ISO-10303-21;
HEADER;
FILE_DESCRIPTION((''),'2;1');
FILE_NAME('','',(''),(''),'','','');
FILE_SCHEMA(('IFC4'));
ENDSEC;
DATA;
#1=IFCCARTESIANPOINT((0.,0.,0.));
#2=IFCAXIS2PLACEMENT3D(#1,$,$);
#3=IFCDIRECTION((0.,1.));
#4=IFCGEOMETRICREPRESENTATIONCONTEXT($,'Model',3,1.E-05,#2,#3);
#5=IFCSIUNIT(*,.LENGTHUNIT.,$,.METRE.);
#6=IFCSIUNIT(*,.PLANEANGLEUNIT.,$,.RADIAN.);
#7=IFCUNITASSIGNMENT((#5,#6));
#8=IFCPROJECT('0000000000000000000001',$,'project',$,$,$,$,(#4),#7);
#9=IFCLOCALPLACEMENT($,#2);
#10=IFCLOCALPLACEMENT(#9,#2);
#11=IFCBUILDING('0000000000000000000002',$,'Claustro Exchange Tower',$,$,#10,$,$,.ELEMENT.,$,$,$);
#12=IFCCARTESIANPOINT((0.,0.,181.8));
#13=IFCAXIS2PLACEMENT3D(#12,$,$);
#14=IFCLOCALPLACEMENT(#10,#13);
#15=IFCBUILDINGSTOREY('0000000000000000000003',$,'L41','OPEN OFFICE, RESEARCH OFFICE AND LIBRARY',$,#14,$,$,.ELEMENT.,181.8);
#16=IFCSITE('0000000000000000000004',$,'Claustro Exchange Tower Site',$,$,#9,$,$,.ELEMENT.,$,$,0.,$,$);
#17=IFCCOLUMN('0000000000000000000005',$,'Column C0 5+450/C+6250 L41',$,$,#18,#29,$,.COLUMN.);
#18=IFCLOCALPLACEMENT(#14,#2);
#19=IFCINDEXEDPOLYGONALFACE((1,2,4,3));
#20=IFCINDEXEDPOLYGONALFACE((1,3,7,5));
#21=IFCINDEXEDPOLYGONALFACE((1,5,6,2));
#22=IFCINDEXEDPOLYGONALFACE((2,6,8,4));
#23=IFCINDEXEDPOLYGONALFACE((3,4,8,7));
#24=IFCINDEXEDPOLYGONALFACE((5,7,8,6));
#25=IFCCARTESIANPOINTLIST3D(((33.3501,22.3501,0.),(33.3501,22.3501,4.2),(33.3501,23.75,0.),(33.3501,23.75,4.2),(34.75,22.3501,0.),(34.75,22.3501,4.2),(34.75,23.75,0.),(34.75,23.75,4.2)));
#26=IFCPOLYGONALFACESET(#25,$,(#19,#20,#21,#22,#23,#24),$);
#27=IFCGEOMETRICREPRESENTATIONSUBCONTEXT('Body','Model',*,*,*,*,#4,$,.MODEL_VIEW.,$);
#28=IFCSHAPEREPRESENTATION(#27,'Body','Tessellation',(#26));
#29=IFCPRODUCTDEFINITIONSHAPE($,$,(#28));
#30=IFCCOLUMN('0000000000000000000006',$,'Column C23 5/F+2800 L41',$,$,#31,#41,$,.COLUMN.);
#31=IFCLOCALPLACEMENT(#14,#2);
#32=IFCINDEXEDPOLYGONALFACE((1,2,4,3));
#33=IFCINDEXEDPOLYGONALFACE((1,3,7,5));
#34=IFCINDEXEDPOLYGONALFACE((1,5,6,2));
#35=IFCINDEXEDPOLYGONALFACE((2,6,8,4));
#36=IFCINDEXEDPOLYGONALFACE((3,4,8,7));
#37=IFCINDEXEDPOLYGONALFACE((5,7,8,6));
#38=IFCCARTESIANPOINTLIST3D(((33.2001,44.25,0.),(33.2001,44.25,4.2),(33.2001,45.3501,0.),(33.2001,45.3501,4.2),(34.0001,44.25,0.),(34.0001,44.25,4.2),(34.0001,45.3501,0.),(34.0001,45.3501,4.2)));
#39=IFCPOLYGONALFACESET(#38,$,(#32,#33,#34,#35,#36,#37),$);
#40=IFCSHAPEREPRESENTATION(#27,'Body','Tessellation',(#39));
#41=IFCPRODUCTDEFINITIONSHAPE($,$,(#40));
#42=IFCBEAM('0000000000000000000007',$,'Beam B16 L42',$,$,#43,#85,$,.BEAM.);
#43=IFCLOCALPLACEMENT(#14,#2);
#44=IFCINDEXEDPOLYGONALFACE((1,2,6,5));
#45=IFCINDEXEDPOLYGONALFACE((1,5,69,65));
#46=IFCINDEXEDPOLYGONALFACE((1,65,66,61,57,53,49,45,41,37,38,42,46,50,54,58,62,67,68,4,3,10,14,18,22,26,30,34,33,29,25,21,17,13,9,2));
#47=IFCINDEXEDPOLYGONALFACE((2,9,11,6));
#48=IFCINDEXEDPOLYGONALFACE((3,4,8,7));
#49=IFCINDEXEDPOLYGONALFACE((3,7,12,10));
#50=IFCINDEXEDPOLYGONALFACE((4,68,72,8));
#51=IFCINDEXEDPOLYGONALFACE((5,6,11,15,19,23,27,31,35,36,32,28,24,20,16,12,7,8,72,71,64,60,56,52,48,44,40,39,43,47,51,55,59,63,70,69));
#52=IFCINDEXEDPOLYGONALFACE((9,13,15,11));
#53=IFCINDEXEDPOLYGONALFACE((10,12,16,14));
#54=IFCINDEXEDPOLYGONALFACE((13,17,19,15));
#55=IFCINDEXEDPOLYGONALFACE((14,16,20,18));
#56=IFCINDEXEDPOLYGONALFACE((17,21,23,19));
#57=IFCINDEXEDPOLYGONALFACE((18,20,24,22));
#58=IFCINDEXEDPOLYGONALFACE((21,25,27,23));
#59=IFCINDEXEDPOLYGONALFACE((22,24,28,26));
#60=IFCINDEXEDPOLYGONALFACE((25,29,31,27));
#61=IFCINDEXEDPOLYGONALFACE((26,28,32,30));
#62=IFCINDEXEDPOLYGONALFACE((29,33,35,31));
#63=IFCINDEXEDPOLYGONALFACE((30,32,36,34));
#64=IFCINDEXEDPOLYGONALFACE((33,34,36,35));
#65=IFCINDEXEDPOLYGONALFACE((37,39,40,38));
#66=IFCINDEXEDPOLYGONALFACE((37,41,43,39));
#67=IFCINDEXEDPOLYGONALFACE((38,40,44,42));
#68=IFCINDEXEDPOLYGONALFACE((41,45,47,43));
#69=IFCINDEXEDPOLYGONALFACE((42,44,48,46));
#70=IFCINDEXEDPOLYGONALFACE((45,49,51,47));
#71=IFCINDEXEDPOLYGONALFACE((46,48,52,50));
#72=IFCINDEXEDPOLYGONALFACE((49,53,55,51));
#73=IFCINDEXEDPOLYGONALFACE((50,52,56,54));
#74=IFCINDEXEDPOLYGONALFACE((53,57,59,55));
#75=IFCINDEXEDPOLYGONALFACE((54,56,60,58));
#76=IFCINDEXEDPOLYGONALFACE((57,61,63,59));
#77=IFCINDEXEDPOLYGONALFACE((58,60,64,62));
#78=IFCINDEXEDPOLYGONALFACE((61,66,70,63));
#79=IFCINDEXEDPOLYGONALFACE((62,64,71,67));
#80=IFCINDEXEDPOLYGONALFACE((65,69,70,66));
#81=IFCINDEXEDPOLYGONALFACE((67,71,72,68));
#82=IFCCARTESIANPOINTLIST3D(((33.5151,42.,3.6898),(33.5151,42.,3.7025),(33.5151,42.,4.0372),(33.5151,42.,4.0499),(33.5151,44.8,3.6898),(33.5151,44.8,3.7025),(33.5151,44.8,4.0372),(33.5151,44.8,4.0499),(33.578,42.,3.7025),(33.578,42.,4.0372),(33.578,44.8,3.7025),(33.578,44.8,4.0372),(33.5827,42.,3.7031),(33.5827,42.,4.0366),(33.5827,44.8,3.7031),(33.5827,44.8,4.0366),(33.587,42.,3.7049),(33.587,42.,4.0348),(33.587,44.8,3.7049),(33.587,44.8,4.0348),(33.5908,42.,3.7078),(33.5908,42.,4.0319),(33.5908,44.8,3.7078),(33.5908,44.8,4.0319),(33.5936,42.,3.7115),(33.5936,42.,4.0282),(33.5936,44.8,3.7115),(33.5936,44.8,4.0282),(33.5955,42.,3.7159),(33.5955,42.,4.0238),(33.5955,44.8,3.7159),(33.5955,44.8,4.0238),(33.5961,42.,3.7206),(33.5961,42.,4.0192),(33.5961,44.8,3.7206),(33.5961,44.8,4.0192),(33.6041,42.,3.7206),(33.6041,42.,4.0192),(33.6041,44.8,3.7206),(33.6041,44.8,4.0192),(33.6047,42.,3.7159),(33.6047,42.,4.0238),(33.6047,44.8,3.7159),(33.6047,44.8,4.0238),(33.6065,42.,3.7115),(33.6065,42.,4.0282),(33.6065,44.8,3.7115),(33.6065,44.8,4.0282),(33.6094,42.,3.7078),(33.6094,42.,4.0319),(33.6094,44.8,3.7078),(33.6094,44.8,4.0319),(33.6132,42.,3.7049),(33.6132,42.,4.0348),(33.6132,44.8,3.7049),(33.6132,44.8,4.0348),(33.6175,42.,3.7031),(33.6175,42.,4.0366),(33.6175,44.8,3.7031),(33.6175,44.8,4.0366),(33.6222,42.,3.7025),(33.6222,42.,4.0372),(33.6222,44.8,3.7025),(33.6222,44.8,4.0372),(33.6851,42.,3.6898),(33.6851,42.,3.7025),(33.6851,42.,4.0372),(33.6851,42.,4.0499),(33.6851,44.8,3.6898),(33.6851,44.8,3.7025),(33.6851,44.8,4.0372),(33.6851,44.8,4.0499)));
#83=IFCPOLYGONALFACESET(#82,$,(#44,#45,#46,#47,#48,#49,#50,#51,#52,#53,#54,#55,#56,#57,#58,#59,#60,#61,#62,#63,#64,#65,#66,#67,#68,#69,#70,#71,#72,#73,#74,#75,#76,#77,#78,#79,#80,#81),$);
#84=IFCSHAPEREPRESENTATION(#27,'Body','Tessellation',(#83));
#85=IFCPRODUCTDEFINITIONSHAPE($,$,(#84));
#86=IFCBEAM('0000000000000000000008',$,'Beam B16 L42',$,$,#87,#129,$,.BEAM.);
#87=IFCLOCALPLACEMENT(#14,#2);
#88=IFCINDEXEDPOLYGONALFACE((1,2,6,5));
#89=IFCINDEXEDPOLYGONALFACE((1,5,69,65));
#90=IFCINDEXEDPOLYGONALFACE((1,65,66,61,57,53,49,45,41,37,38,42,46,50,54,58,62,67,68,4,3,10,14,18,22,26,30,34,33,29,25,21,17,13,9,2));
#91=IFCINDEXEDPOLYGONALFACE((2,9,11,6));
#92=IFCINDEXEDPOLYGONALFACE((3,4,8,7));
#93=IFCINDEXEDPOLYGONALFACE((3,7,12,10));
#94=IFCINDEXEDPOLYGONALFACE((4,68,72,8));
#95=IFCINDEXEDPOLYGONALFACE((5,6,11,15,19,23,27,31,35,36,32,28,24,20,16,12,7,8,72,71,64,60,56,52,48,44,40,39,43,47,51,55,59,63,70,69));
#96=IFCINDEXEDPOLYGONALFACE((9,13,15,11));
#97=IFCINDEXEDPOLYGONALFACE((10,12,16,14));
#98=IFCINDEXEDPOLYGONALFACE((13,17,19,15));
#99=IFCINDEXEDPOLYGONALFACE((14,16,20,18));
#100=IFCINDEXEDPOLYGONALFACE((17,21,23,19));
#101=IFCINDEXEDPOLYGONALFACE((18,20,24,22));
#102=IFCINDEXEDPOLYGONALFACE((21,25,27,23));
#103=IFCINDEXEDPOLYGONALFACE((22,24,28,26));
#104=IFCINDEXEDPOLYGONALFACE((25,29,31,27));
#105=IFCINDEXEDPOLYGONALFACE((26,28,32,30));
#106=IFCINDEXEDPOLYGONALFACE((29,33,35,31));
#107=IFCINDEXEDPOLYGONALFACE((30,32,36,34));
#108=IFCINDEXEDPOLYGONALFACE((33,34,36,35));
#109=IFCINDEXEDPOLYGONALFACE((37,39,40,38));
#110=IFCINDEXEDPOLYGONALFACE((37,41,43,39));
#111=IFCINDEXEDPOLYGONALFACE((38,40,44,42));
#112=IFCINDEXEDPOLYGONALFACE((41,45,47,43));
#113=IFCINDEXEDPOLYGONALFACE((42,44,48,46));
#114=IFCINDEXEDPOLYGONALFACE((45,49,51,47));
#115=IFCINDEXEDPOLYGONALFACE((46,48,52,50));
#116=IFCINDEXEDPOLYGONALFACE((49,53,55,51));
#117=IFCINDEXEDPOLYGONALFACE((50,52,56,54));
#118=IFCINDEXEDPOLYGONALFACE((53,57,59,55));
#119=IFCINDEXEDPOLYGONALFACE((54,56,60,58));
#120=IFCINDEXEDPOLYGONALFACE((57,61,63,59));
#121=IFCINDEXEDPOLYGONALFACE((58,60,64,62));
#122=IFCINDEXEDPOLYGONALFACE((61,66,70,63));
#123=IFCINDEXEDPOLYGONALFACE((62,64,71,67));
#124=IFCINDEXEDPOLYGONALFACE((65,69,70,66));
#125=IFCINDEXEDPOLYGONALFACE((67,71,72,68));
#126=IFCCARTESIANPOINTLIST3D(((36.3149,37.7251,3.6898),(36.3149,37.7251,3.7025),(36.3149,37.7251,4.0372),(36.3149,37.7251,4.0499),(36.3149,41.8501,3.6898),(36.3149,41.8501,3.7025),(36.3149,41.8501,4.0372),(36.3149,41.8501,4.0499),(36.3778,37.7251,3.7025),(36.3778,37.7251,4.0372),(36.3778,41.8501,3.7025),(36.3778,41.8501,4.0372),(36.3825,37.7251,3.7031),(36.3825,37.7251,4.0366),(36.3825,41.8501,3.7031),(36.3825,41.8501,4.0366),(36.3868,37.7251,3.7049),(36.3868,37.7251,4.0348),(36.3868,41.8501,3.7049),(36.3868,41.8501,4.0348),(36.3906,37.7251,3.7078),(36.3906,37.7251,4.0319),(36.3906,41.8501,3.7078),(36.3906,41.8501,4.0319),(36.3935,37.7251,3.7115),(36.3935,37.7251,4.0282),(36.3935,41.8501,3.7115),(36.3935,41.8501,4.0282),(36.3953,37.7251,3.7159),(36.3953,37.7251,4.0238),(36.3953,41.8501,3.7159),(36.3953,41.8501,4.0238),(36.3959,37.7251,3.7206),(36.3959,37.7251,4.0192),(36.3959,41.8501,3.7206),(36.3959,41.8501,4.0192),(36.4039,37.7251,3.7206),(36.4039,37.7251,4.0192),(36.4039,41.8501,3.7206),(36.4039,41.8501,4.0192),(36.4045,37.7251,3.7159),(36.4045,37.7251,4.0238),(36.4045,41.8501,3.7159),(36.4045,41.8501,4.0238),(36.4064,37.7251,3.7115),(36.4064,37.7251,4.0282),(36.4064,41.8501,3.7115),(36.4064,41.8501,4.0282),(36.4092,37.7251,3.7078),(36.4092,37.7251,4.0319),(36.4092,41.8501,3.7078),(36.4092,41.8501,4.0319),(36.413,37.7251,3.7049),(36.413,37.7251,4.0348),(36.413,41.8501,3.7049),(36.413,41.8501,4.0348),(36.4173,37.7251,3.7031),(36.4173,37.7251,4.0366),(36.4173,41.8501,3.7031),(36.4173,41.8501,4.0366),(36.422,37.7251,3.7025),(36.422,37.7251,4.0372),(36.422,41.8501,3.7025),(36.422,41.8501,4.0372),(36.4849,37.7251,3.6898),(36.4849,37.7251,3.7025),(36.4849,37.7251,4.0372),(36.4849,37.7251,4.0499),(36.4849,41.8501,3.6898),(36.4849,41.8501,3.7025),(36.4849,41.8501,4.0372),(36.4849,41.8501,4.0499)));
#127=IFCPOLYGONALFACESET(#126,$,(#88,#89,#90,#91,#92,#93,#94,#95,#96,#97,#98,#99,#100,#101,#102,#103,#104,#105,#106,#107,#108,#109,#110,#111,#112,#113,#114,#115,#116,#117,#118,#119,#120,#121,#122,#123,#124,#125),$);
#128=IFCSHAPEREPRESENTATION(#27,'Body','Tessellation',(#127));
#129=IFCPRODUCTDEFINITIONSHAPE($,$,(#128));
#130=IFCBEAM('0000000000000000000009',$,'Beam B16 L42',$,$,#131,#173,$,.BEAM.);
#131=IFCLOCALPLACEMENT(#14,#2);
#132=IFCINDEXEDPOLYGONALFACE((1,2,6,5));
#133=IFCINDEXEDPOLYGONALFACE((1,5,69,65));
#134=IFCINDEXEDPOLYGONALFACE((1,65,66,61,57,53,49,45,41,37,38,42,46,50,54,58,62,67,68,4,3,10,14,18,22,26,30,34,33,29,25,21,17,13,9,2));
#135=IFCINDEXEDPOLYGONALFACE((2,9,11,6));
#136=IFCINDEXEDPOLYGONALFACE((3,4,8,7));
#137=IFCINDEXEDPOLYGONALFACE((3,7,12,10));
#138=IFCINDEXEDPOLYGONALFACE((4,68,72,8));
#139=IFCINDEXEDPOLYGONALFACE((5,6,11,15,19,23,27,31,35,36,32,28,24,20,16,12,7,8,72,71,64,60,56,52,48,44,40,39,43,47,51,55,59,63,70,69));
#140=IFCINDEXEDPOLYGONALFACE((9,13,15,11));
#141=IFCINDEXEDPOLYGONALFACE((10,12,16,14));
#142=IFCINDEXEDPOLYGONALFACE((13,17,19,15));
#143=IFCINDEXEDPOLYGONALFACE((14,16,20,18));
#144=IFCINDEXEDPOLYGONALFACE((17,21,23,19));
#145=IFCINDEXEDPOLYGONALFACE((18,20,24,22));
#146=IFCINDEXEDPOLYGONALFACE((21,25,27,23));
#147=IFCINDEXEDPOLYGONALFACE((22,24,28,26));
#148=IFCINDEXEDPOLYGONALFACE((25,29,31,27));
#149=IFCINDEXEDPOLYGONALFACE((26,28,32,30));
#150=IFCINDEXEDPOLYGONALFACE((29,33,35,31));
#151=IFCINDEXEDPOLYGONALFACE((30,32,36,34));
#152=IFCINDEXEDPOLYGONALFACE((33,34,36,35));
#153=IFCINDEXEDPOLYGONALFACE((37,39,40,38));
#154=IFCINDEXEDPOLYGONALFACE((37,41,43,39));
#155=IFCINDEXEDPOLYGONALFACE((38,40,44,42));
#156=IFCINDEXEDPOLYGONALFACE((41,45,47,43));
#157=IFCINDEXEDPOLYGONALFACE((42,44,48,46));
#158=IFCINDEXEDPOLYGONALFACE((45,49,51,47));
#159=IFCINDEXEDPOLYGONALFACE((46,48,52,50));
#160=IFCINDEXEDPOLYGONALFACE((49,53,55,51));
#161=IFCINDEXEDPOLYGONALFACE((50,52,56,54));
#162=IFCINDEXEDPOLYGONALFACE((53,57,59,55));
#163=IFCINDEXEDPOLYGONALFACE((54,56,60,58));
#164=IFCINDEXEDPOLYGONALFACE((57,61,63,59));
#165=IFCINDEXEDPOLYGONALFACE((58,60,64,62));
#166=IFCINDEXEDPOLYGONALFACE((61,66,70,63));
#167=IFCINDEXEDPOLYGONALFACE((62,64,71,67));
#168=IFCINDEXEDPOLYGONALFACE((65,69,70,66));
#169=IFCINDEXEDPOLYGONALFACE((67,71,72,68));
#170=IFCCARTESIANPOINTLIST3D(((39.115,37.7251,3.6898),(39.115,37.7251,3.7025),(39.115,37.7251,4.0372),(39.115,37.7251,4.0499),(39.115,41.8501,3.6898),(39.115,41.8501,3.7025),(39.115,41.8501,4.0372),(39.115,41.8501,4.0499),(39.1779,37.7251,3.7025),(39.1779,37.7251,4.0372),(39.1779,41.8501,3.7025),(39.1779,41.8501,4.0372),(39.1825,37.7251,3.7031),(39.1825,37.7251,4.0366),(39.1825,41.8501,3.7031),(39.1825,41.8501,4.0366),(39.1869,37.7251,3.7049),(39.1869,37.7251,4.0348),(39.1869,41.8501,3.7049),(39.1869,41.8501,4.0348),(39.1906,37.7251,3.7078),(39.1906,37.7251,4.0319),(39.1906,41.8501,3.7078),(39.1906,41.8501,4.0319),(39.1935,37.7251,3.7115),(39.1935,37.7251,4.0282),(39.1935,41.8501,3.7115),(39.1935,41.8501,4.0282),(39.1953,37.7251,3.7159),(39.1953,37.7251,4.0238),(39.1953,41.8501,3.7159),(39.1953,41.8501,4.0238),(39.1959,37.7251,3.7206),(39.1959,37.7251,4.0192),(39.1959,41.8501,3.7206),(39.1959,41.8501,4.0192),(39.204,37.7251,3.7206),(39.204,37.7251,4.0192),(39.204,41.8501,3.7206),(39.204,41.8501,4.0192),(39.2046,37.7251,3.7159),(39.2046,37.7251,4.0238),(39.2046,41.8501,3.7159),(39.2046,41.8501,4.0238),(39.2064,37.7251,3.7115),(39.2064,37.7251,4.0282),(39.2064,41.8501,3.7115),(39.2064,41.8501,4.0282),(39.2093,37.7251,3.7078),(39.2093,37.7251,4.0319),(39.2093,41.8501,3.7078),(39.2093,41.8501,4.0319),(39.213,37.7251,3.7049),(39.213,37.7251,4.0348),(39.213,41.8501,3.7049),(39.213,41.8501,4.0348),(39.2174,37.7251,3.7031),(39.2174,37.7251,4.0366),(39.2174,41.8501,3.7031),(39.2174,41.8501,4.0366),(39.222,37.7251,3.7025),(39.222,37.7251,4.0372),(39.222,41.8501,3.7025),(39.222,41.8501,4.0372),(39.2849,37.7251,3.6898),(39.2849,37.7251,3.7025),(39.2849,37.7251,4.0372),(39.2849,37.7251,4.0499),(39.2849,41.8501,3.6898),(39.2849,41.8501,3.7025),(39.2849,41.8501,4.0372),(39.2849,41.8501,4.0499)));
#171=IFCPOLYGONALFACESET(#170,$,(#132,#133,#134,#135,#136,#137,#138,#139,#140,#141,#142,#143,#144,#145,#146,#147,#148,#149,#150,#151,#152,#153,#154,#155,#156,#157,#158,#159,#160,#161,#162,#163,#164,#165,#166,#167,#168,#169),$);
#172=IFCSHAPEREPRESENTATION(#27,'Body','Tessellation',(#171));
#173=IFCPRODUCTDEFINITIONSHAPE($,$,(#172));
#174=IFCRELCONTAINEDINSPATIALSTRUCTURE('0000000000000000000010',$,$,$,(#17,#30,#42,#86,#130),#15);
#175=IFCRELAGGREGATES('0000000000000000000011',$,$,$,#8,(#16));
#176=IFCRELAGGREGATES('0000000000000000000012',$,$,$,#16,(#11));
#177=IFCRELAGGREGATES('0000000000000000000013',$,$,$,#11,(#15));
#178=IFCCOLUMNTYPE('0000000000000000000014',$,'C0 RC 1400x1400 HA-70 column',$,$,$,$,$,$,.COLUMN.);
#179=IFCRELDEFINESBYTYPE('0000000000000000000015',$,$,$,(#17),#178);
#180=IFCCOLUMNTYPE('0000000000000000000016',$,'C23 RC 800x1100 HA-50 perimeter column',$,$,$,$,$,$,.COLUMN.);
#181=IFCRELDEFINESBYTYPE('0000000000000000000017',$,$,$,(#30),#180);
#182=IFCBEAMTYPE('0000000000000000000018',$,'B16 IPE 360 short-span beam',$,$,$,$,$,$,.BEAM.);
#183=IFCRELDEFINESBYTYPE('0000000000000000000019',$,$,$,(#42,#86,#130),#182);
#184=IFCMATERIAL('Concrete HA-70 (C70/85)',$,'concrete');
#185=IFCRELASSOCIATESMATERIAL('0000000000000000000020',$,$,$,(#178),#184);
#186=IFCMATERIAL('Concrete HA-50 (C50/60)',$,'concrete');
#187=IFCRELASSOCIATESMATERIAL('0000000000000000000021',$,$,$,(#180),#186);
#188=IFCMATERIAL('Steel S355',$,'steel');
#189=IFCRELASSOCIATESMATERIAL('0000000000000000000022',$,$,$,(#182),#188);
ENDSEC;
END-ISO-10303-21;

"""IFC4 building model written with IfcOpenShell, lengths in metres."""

from ifc_helpers import new_model, si_unit, direction, frame, origin, origin_2d, place, context, subcontext, project, spatial, rectangle, i_section, extrude, material, material_profile, profile_set, type_object, element, save


model = new_model("IFC4")

# Units and contexts
model_context = context("Model", 3, precision=1e-05, world=origin(), true_north=direction((0.0, 1.0)))
body_context = subcontext(model_context, "Body", "Model", "MODEL_VIEW")
ifc_project = project(units=[si_unit("LENGTHUNIT", "METRE"), si_unit("PLANEANGLEUNIT", "RADIAN")], contexts=[model_context])

# Site, building, storey
site_placement = place(None, origin())
site = spatial("IfcSite", under=ifc_project, at=site_placement, Name="Claustro Exchange Tower Site", CompositionType="ELEMENT", RefElevation=0.0)
building_placement = place(site_placement, origin())
building = spatial("IfcBuilding", under=site, at=building_placement, Name="Claustro Exchange Tower", CompositionType="ELEMENT")
storey_placement = place(building_placement, frame((0.0, 0.0, 181.8)))
storey = spatial("IfcBuildingStorey", under=building, at=storey_placement, Name="L41", Description="OPEN OFFICE, RESEARCH OFFICE AND LIBRARY", CompositionType="ELEMENT", Elevation=181.8)

# Columns
ifc_material_1 = material(Name="Concrete HA-70 (C70/85)", Category="concrete")
ifc_material_profile_1 = material_profile(ifc_material_1, rectangle(XDim=1.3999, YDim=1.3999, at=origin_2d()), Name="RC 1400x1400")
ifc_profile_set_1 = profile_set([ifc_material_profile_1], Name="Concrete HA-70 (C70/85)")
column_type_1 = type_object("IfcColumnType", Name="C0 RC 1400x1400 HA-70 column", PredefinedType="COLUMN", material=ifc_profile_set_1)
column_1_placement = place(storey_placement, frame((34.05, 23.05, 0.0), z_axis=(0.0, 0.0, 1.0), x_axis=(1.0, 0.0, 0.0)))
element("IfcColumn", 1, at=column_1_placement, inside=storey, type_object=column_type_1, Name="Column C0 5+450/C+6250 L41", PredefinedType="COLUMN", context=body_context, shape_type="SweptSolid", body=[
    extrude(rectangle(XDim=1.3999, YDim=1.3999, at=origin_2d()), origin(), (0.0, 0.0, 1.0), 4.2),
])
ifc_material_2 = material(Name="Concrete HA-50 (C50/60)", Category="concrete")
ifc_material_profile_2 = material_profile(ifc_material_2, rectangle(XDim=0.8, YDim=1.1001, at=origin_2d()), Name="RC 800x1100")
ifc_profile_set_2 = profile_set([ifc_material_profile_2], Name="Concrete HA-50 (C50/60)")
column_type_2 = type_object("IfcColumnType", Name="C23 RC 800x1100 HA-50 perimeter column", PredefinedType="COLUMN", material=ifc_profile_set_2)
column_2_placement = place(storey_placement, frame((33.6001, 44.8, 0.0), z_axis=(0.0, 0.0, 1.0), x_axis=(1.0, 0.0, 0.0)))
element("IfcColumn", 2, at=column_2_placement, inside=storey, type_object=column_type_2, Name="Column C23 5/F+2800 L41", PredefinedType="COLUMN", context=body_context, shape_type="SweptSolid", body=[
    extrude(rectangle(XDim=0.8, YDim=1.1001, at=origin_2d()), origin(), (0.0, 0.0, 1.0), 4.2),
])

# Beams
ifc_material_3 = material(Name="Steel S355", Category="steel")
ifc_material_profile_3 = material_profile(ifc_material_3, i_section(OverallWidth=0.1699, OverallDepth=0.3601, WebThickness=0.0081, FlangeThickness=0.0127, FilletRadius=0.0181, at=origin_2d()), Name="IPE 360")
ifc_profile_set_3 = profile_set([ifc_material_profile_3], Name="Steel S355")
beam_type_1 = type_object("IfcBeamType", Name="B16 IPE 360 short-span beam", PredefinedType="BEAM", material=ifc_profile_set_3)
beam_1_placement = place(storey_placement, frame((33.6001, 42.0, 3.8699), z_axis=(0.0, 1.0, 0.0), x_axis=(-1.0, 0.0, 0.0)))
element("IfcBeam", 3, at=beam_1_placement, inside=storey, type_object=beam_type_1, Name="Beam B16 L42", PredefinedType="BEAM", context=body_context, shape_type="SweptSolid", body=[
    extrude(i_section(OverallWidth=0.1699, OverallDepth=0.3601, WebThickness=0.0081, FlangeThickness=0.0127, FilletRadius=0.0181, at=origin_2d()), origin(), (0.0, 0.0, 1.0), 2.8),
])
for number, where, z_axis, x_axis, name in (
    (4, (36.3999, 37.7251, 3.8699), (0.0, 1.0, 0.0), (-1.0, 0.0, 0.0), "Beam B16 L42"),
    (5, (39.2, 37.7251, 3.8699), (0.0, 1.0, 0.0), (-1.0, 0.0, 0.0), "Beam B16 L42"),
):
    element("IfcBeam", number, at=place(storey_placement, frame(where, z_axis=z_axis, x_axis=x_axis)), inside=storey, type_object=beam_type_1, Name=name, PredefinedType="BEAM", context=body_context, shape_type="SweptSolid", body=[
        extrude(i_section(OverallWidth=0.1699, OverallDepth=0.3601, WebThickness=0.0081, FlangeThickness=0.0127, FilletRadius=0.0181, at=origin_2d()), origin(), (0.0, 0.0, 1.0), 4.125),
    ])

save(model, "model.ifc")
